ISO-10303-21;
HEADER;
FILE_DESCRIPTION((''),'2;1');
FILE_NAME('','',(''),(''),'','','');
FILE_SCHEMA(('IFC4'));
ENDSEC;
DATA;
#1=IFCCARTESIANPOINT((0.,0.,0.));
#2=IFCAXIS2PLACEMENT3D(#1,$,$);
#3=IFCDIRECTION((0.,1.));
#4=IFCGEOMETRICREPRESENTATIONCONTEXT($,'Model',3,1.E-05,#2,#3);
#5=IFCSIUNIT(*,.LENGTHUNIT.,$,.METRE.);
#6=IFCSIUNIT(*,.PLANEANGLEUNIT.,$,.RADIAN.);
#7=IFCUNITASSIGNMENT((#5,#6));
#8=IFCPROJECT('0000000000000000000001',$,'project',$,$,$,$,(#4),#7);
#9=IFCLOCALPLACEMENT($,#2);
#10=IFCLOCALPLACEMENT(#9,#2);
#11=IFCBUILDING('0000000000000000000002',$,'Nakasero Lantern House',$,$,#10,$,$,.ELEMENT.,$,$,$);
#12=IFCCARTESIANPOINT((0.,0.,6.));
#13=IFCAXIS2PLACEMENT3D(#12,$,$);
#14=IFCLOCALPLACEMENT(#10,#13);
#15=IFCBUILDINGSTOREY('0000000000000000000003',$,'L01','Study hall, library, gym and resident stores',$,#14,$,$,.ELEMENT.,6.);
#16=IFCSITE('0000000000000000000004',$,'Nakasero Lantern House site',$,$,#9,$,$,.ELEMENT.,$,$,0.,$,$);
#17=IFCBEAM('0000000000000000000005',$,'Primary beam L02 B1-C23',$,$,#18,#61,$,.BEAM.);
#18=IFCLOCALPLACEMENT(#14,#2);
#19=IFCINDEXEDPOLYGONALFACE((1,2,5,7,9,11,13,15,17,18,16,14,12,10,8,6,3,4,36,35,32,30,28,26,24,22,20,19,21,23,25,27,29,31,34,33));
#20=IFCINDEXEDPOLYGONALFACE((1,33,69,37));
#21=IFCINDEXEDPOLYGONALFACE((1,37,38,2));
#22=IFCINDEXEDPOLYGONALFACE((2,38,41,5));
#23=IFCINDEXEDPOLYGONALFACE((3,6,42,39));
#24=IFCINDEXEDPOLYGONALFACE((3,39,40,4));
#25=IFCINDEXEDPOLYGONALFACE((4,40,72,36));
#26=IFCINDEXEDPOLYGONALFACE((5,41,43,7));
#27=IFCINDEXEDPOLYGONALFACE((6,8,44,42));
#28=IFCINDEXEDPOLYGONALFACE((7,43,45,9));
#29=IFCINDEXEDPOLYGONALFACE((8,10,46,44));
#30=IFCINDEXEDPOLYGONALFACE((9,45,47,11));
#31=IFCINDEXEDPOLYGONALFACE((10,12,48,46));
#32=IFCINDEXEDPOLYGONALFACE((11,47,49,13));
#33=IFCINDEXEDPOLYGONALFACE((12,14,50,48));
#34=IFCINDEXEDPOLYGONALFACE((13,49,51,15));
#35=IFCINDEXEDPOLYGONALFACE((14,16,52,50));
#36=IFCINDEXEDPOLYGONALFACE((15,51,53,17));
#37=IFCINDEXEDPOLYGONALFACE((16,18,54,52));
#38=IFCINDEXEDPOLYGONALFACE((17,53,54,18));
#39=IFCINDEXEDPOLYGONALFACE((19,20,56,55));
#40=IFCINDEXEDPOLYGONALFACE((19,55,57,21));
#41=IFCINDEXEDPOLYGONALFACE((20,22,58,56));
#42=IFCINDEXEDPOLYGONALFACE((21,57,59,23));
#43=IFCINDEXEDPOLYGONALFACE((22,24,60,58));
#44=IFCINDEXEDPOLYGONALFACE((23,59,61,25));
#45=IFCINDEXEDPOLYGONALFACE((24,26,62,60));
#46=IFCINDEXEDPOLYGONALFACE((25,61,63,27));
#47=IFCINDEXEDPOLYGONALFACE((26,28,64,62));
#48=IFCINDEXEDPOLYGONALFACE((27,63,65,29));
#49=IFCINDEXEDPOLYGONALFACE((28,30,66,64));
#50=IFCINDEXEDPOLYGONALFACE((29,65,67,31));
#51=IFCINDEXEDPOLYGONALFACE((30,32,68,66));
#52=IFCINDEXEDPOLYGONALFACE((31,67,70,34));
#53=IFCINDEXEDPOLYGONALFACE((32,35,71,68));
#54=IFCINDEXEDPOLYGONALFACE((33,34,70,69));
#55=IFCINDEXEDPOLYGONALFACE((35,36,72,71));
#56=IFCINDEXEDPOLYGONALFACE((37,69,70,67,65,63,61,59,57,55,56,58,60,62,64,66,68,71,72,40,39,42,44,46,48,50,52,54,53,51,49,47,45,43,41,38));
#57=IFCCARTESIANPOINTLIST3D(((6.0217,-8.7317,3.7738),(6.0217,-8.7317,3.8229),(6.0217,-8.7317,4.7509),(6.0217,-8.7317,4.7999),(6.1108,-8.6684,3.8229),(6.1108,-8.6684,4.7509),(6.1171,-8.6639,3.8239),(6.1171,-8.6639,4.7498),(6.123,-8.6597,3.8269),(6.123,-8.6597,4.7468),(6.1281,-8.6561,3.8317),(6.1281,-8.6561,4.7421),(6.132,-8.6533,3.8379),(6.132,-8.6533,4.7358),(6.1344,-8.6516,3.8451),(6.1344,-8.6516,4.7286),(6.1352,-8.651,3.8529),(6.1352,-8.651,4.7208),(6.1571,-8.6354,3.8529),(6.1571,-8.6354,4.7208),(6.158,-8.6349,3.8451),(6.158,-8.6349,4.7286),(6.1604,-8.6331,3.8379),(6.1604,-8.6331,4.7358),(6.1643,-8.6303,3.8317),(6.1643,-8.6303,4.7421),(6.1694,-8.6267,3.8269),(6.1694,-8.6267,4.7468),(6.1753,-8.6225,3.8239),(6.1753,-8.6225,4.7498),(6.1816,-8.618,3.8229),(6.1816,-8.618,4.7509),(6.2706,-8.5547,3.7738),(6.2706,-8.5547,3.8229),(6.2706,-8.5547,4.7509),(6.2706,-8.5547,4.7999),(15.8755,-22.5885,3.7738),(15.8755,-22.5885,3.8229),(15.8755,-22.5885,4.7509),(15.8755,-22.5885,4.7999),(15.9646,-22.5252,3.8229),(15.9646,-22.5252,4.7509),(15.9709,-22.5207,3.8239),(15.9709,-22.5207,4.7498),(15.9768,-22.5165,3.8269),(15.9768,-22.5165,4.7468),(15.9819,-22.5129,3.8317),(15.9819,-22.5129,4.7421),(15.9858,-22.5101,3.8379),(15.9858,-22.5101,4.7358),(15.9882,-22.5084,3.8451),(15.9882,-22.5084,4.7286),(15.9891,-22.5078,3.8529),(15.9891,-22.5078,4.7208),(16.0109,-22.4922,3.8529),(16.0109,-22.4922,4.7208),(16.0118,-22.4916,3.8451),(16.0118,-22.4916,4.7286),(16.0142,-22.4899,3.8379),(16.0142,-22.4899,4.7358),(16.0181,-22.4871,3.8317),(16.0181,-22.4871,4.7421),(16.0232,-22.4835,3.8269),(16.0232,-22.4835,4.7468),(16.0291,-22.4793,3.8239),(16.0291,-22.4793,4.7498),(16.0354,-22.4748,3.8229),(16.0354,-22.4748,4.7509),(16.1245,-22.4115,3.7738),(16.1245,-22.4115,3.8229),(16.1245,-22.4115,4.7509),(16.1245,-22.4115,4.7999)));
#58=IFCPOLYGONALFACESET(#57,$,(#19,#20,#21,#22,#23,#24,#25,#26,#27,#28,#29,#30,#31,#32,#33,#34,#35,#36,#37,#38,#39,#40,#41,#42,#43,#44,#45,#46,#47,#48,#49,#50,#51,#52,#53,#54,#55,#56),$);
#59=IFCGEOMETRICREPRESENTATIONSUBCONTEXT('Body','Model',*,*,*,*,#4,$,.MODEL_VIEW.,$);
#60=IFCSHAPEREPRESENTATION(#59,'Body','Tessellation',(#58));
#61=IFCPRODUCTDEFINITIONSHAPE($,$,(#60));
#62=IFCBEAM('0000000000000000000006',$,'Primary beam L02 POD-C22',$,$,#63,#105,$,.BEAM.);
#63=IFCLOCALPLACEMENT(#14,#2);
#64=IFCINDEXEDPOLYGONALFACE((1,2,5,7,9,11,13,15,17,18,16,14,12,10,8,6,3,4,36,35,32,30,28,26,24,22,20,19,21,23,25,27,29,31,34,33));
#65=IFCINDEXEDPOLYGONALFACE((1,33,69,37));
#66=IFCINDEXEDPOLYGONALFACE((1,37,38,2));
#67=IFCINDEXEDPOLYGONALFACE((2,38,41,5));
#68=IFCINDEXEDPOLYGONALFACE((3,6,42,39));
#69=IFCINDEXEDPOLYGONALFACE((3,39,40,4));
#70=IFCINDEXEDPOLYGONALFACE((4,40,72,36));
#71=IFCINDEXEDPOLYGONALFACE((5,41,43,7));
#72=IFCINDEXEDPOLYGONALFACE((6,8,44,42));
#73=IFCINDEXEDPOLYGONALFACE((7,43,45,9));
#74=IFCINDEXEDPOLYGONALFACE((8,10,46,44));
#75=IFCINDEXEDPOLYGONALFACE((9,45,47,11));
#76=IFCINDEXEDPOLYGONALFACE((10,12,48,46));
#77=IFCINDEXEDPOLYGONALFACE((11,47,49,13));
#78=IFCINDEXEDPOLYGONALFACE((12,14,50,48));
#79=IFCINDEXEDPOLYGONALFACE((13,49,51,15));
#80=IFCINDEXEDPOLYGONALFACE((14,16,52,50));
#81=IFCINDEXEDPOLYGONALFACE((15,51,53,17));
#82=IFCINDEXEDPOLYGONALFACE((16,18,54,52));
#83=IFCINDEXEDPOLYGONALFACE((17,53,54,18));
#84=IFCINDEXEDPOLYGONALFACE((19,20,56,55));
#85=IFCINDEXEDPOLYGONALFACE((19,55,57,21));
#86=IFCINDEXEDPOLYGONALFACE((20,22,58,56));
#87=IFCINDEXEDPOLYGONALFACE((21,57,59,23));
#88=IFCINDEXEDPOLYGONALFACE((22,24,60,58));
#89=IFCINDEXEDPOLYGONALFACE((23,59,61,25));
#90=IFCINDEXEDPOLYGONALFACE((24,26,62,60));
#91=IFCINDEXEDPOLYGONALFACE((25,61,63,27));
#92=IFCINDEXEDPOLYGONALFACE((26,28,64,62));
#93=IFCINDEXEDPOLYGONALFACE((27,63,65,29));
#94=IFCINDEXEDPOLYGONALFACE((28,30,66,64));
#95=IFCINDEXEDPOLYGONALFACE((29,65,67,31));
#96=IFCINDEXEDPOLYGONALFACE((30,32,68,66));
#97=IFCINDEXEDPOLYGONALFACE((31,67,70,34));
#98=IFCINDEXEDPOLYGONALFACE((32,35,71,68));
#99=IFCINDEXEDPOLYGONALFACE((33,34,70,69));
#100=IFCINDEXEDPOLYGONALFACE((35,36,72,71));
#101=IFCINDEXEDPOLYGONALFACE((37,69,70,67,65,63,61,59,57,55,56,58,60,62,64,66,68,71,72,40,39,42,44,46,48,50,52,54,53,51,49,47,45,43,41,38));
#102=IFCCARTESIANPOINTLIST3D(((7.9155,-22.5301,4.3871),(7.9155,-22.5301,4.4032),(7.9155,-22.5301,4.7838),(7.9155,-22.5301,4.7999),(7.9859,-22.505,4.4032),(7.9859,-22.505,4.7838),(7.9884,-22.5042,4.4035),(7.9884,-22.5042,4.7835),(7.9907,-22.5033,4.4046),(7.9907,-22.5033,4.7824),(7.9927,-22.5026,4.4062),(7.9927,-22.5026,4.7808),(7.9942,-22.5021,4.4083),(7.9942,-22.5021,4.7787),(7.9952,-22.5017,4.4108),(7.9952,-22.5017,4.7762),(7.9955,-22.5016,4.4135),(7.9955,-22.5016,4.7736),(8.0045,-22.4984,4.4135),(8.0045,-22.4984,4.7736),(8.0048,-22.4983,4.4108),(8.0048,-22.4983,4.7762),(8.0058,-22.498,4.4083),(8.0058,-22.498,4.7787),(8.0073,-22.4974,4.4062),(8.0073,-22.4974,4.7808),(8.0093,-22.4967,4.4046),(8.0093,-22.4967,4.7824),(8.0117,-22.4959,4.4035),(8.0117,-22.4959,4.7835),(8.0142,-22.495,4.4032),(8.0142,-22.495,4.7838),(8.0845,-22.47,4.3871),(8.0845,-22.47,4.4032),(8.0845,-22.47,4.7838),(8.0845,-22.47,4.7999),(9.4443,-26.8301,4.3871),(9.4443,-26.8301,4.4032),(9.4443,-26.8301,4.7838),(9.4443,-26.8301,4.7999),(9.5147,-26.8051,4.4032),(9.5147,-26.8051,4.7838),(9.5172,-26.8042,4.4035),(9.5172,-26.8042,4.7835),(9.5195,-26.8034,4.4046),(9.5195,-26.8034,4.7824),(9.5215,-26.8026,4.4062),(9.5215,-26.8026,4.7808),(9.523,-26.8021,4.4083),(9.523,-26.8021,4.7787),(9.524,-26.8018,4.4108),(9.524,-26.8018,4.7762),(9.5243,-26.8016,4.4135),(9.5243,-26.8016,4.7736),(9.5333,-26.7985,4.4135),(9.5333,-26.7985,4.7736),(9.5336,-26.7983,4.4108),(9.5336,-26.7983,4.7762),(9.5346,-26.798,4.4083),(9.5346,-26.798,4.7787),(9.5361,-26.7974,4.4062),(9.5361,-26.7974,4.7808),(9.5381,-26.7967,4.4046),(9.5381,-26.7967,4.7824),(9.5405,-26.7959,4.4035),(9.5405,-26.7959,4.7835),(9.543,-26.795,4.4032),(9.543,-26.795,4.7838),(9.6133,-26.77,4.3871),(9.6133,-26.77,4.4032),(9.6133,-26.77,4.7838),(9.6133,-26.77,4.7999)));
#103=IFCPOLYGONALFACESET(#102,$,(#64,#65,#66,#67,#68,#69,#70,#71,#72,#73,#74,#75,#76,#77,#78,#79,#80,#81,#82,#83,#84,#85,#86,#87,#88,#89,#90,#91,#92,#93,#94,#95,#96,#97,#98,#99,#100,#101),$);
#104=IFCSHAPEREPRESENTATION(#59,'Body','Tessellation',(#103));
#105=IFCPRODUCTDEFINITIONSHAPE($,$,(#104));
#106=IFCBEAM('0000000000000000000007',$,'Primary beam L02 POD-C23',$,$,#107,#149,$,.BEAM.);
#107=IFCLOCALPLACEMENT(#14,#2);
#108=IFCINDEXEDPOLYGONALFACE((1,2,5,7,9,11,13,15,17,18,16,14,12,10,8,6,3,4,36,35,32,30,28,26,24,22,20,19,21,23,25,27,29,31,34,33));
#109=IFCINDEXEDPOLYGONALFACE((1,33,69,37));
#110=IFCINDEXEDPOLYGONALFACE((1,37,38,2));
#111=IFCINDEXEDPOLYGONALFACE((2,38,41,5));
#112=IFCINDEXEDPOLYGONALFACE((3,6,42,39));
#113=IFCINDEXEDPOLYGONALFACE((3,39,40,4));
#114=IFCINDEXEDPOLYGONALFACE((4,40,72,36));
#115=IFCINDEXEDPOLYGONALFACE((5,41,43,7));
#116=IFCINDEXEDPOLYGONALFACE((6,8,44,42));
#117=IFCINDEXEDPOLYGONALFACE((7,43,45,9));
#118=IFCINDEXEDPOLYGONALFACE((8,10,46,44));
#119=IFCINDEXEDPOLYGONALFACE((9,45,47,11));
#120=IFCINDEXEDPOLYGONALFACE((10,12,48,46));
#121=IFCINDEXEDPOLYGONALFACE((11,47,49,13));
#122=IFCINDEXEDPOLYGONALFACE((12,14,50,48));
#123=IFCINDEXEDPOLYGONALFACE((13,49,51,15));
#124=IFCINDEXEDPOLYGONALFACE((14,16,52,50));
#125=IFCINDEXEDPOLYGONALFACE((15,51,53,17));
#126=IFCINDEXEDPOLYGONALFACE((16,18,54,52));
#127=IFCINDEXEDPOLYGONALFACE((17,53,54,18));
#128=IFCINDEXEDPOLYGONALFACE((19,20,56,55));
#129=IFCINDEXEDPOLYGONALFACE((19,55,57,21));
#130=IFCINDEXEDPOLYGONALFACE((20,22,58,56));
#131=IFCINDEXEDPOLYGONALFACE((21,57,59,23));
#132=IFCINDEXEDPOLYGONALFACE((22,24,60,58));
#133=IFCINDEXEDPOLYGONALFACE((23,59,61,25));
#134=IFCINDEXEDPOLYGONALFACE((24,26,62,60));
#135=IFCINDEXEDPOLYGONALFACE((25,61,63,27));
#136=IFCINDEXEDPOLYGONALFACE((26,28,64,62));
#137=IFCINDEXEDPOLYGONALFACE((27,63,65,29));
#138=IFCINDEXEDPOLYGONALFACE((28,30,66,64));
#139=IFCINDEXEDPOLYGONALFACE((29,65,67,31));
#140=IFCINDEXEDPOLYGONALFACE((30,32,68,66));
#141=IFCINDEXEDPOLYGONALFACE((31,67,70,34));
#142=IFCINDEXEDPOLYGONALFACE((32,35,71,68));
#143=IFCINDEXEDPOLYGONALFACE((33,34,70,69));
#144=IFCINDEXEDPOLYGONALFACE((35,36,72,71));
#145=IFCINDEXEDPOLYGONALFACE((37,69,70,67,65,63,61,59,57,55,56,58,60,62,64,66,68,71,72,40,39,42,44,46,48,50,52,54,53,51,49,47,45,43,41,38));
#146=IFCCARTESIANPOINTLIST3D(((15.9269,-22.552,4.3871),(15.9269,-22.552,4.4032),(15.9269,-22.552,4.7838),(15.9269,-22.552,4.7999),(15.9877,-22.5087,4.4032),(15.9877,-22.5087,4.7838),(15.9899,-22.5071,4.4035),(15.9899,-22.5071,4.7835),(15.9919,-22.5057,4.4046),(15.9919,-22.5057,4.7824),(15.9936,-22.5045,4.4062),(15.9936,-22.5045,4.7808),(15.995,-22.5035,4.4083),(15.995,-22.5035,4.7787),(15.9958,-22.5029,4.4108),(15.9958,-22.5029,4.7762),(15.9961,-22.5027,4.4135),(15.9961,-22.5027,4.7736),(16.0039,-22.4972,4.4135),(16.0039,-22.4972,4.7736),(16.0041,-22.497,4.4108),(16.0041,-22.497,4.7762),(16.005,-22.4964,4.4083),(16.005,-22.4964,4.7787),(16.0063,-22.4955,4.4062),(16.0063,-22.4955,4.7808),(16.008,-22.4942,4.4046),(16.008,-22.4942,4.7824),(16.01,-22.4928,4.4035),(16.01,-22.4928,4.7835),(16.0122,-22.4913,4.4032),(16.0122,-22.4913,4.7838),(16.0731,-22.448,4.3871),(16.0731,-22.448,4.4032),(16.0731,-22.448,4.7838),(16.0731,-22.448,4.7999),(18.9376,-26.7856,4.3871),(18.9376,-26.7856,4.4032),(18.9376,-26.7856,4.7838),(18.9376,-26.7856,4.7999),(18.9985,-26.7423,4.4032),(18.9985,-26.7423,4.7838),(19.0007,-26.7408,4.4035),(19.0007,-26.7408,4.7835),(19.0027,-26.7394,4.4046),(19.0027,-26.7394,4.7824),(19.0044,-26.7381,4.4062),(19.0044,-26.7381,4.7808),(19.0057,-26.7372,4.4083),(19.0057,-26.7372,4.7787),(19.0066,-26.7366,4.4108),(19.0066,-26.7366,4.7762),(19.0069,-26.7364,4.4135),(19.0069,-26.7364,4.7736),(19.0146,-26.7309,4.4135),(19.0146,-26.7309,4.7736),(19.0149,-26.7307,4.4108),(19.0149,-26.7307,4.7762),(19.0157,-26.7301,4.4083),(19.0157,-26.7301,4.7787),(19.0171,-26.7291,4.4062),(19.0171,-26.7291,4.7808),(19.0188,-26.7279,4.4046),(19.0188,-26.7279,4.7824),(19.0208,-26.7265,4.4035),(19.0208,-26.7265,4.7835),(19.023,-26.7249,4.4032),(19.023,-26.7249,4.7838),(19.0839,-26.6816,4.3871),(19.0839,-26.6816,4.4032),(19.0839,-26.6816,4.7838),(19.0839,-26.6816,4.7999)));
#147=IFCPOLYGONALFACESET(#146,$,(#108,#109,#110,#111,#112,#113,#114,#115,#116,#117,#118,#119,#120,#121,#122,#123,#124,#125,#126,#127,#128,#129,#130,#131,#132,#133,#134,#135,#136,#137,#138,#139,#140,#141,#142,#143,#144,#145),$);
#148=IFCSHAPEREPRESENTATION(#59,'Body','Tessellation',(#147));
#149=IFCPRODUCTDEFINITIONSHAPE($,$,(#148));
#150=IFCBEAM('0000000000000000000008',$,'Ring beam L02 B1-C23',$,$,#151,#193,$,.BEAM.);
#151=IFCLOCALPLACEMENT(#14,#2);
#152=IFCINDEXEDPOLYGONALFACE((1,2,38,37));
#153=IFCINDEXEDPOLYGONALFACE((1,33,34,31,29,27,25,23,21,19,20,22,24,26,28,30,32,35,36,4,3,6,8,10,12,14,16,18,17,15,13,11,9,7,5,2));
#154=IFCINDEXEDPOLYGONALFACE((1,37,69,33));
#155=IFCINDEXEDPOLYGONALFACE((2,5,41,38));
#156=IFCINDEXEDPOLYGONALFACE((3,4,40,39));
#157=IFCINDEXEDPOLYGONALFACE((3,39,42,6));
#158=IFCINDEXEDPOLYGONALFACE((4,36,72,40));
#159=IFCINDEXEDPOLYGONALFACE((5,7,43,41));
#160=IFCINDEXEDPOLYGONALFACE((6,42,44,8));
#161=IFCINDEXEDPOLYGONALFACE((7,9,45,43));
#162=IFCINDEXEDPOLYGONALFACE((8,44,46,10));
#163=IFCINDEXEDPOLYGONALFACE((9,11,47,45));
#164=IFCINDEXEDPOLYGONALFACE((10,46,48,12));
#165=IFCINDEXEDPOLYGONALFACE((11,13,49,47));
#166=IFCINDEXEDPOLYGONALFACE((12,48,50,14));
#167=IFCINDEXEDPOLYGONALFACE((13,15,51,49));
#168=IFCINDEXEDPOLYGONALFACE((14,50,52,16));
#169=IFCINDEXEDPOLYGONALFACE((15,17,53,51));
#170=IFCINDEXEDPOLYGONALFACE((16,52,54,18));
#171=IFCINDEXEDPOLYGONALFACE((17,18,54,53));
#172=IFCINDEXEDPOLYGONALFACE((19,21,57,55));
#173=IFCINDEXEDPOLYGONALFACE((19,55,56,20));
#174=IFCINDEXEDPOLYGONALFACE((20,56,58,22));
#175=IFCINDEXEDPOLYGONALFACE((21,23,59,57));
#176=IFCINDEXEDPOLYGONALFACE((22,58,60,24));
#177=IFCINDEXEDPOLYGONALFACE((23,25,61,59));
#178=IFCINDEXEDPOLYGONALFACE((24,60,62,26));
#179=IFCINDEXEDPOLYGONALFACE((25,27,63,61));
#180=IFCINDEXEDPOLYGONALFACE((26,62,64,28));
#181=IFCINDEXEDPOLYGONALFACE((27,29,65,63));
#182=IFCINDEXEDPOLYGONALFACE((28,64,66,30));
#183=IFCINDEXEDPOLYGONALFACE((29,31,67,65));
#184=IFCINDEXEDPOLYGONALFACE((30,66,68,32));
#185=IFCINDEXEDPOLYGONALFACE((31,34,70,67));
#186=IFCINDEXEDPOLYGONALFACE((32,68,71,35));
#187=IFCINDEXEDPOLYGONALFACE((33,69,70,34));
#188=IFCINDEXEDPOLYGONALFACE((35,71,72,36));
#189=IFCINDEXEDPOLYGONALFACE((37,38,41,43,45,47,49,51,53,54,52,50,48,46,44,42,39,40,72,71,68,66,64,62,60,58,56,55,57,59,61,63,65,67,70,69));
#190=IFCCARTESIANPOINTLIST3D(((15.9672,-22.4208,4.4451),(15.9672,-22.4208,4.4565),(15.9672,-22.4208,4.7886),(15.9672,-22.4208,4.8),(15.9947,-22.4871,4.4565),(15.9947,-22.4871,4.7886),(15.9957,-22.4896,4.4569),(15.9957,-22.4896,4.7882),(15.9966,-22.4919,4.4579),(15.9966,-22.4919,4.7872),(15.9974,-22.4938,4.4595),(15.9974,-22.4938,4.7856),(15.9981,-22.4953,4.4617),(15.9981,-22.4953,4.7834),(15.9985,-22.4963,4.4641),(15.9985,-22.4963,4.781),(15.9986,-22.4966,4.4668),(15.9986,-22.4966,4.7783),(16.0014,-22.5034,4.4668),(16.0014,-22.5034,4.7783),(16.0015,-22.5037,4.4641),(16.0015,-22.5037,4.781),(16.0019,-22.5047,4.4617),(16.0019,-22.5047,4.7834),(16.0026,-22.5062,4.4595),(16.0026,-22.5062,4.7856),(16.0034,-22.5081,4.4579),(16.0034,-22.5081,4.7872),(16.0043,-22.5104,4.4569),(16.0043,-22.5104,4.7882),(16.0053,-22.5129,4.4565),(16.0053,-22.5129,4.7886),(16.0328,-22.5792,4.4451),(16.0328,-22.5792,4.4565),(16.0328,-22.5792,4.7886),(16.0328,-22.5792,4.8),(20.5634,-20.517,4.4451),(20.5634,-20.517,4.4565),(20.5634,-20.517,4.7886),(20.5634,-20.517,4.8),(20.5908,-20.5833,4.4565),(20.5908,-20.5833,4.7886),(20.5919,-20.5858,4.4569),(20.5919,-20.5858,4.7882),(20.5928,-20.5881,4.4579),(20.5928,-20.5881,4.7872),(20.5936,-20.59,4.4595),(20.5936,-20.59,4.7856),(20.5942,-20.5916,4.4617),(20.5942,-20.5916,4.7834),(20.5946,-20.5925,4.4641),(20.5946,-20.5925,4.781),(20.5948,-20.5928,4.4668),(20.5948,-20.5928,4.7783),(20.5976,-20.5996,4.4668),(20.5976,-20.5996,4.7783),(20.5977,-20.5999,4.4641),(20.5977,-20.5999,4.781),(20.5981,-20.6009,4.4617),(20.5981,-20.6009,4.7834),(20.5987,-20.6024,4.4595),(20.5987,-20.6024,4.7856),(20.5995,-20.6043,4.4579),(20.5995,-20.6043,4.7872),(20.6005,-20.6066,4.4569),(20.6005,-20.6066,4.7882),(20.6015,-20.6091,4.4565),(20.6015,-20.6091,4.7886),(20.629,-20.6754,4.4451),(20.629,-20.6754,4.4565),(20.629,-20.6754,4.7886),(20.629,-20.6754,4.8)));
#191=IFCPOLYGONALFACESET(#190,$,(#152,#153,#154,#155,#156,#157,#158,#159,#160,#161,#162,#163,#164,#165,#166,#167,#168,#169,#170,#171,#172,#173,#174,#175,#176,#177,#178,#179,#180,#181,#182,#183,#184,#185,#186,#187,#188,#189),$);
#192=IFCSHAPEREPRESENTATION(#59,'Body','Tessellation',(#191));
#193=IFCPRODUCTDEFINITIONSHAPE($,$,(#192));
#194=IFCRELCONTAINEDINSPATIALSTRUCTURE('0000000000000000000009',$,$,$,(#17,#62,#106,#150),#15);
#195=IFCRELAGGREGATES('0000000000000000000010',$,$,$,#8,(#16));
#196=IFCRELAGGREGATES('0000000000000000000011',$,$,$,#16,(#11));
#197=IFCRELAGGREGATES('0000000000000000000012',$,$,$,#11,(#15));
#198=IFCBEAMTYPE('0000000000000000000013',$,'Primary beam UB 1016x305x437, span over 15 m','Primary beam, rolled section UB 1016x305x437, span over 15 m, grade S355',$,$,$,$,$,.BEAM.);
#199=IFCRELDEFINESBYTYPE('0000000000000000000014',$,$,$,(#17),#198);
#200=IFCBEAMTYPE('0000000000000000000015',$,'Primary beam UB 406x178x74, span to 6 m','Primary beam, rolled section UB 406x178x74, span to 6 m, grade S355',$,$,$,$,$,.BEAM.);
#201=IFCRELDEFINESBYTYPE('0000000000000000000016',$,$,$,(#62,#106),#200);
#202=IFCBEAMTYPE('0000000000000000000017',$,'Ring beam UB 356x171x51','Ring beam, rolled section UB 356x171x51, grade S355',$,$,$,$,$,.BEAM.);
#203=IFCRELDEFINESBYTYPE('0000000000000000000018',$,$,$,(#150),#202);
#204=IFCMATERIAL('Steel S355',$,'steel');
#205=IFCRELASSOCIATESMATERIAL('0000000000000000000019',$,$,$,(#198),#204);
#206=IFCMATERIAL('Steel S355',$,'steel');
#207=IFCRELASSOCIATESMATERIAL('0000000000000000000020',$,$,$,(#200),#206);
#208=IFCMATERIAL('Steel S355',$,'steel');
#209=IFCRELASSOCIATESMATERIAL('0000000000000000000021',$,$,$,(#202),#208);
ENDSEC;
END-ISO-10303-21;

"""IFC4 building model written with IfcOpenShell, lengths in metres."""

from ifc_helpers import new_model, si_unit, direction, frame, origin, origin_2d, place, context, subcontext, project, spatial, i_section, extrude, material, material_profile, profile_set, type_object, element, save


model = new_model("IFC4")

# Units and contexts
model_context = context("Model", 3, precision=1e-05, world=origin(), true_north=direction((0.0, 1.0)))
body_context = subcontext(model_context, "Body", "Model", "MODEL_VIEW")
ifc_project = project(units=[si_unit("LENGTHUNIT", "METRE"), si_unit("PLANEANGLEUNIT", "RADIAN")], contexts=[model_context])

# Site, building, storey
site_placement = place(None, origin())
site = spatial("IfcSite", under=ifc_project, at=site_placement, Name="Nakasero Lantern House site", CompositionType="ELEMENT", RefElevation=0.0)
building_placement = place(site_placement, origin())
building = spatial("IfcBuilding", under=site, at=building_placement, Name="Nakasero Lantern House", CompositionType="ELEMENT")
storey_placement = place(building_placement, frame((0.0, 0.0, 6.0)))
storey = spatial("IfcBuildingStorey", under=building, at=storey_placement, Name="L01", Description="Study hall, library, gym and resident stores", CompositionType="ELEMENT", Elevation=6.0)

# Beams
ifc_material_1 = material(Name="Steel S355", Category="steel")
ifc_material_profile_1 = material_profile(ifc_material_1, i_section(OverallWidth=0.3054, OverallDepth=1.0261, WebThickness=0.0269, FlangeThickness=0.0491, FilletRadius=0.03, at=origin_2d()), Name="UB 1016x305x437")
ifc_profile_set_1 = profile_set([ifc_material_profile_1], Name="Steel S355")
beam_type_1 = type_object("IfcBeamType", Name="Primary beam UB 1016x305x437, span over 15 m", Description="Primary beam, rolled section UB 1016x305x437, span over 15 m, grade S355", PredefinedType="BEAM", material=ifc_profile_set_1)
beam_1_placement = place(storey_placement, frame((16.0, -22.5, 4.2869), z_axis=(-0.579528, 0.814952, 0.0), x_axis=(-0.814952, -0.579528, 0.0)))
element("IfcBeam", 1, at=beam_1_placement, inside=storey, type_object=beam_type_1, Name="Primary beam L02 B1-C23", PredefinedType="BEAM", context=body_context, shape_type="SweptSolid", body=[
    extrude(i_section(OverallWidth=0.3054, OverallDepth=1.0261, WebThickness=0.0269, FlangeThickness=0.0491, FilletRadius=0.03, at=origin_2d()), origin(), (0.0, 0.0, 1.0), 17.0032),
])
ifc_material_2 = material(Name="Steel S355", Category="steel")
ifc_material_profile_2 = material_profile(ifc_material_2, i_section(OverallWidth=0.1794, OverallDepth=0.4128, WebThickness=0.0095, FlangeThickness=0.0161, FilletRadius=0.0103, at=origin_2d()), Name="UB 406x178x74")
ifc_profile_set_2 = profile_set([ifc_material_profile_2], Name="Steel S355")
beam_type_2 = type_object("IfcBeamType", Name="Primary beam UB 406x178x74, span to 6 m", Description="Primary beam, rolled section UB 406x178x74, span to 6 m, grade S355", PredefinedType="BEAM", material=ifc_profile_set_2)
beam_2_placement = place(storey_placement, frame((9.5288, -26.8, 4.5935), z_axis=(-0.334991, 0.942221, 0.0), x_axis=(-0.942221, -0.334991, 0.0)))
element("IfcBeam", 2, at=beam_2_placement, inside=storey, type_object=beam_type_2, Name="Primary beam L02 POD-C22", PredefinedType="BEAM", context=body_context, shape_type="SweptSolid", body=[
    extrude(i_section(OverallWidth=0.1794, OverallDepth=0.4128, WebThickness=0.0095, FlangeThickness=0.0161, FilletRadius=0.0103, at=origin_2d()), origin(), (0.0, 0.0, 1.0), 4.5637),
])
beam_3_placement = place(storey_placement, frame((19.0107, -26.7336, 4.5935), z_axis=(-0.579543, 0.814942, 0.0), x_axis=(-0.814942, -0.579543, 0.0)))
element("IfcBeam", 3, at=beam_3_placement, inside=storey, type_object=beam_type_2, Name="Primary beam L02 POD-C23", PredefinedType="BEAM", context=body_context, shape_type="SweptSolid", body=[
    extrude(i_section(OverallWidth=0.1794, OverallDepth=0.4128, WebThickness=0.0095, FlangeThickness=0.0161, FilletRadius=0.0103, at=origin_2d()), origin(), (0.0, 0.0, 1.0), 5.1951),
])
ifc_material_3 = material(Name="Steel S355", Category="steel")
ifc_material_profile_3 = material_profile(ifc_material_3, i_section(OverallWidth=0.1714, OverallDepth=0.355, WebThickness=0.0073, FlangeThickness=0.0115, FilletRadius=0.0103, at=origin_2d()), Name="UB 356x171x51")
ifc_profile_set_3 = profile_set([ifc_material_profile_3], Name="Steel S355")
beam_type_3 = type_object("IfcBeamType", Name="Ring beam UB 356x171x51", Description="Ring beam, rolled section UB 356x171x51, grade S355", PredefinedType="BEAM", material=ifc_profile_set_3)
beam_4_placement = place(storey_placement, frame((16.0, -22.5, 4.6226), z_axis=(0.923879, 0.382684, 0.0), x_axis=(-0.382684, 0.923879, 0.0)))
element("IfcBeam", 4, at=beam_4_placement, inside=storey, type_object=beam_type_3, Name="Ring beam L02 B1-C23", PredefinedType="BEAM", context=body_context, shape_type="SweptSolid", body=[
    extrude(i_section(OverallWidth=0.1714, OverallDepth=0.355, WebThickness=0.0073, FlangeThickness=0.0115, FilletRadius=0.0103, at=origin_2d()), origin(), (0.0, 0.0, 1.0), 4.9749),
])

save(model, "model.ifc")
